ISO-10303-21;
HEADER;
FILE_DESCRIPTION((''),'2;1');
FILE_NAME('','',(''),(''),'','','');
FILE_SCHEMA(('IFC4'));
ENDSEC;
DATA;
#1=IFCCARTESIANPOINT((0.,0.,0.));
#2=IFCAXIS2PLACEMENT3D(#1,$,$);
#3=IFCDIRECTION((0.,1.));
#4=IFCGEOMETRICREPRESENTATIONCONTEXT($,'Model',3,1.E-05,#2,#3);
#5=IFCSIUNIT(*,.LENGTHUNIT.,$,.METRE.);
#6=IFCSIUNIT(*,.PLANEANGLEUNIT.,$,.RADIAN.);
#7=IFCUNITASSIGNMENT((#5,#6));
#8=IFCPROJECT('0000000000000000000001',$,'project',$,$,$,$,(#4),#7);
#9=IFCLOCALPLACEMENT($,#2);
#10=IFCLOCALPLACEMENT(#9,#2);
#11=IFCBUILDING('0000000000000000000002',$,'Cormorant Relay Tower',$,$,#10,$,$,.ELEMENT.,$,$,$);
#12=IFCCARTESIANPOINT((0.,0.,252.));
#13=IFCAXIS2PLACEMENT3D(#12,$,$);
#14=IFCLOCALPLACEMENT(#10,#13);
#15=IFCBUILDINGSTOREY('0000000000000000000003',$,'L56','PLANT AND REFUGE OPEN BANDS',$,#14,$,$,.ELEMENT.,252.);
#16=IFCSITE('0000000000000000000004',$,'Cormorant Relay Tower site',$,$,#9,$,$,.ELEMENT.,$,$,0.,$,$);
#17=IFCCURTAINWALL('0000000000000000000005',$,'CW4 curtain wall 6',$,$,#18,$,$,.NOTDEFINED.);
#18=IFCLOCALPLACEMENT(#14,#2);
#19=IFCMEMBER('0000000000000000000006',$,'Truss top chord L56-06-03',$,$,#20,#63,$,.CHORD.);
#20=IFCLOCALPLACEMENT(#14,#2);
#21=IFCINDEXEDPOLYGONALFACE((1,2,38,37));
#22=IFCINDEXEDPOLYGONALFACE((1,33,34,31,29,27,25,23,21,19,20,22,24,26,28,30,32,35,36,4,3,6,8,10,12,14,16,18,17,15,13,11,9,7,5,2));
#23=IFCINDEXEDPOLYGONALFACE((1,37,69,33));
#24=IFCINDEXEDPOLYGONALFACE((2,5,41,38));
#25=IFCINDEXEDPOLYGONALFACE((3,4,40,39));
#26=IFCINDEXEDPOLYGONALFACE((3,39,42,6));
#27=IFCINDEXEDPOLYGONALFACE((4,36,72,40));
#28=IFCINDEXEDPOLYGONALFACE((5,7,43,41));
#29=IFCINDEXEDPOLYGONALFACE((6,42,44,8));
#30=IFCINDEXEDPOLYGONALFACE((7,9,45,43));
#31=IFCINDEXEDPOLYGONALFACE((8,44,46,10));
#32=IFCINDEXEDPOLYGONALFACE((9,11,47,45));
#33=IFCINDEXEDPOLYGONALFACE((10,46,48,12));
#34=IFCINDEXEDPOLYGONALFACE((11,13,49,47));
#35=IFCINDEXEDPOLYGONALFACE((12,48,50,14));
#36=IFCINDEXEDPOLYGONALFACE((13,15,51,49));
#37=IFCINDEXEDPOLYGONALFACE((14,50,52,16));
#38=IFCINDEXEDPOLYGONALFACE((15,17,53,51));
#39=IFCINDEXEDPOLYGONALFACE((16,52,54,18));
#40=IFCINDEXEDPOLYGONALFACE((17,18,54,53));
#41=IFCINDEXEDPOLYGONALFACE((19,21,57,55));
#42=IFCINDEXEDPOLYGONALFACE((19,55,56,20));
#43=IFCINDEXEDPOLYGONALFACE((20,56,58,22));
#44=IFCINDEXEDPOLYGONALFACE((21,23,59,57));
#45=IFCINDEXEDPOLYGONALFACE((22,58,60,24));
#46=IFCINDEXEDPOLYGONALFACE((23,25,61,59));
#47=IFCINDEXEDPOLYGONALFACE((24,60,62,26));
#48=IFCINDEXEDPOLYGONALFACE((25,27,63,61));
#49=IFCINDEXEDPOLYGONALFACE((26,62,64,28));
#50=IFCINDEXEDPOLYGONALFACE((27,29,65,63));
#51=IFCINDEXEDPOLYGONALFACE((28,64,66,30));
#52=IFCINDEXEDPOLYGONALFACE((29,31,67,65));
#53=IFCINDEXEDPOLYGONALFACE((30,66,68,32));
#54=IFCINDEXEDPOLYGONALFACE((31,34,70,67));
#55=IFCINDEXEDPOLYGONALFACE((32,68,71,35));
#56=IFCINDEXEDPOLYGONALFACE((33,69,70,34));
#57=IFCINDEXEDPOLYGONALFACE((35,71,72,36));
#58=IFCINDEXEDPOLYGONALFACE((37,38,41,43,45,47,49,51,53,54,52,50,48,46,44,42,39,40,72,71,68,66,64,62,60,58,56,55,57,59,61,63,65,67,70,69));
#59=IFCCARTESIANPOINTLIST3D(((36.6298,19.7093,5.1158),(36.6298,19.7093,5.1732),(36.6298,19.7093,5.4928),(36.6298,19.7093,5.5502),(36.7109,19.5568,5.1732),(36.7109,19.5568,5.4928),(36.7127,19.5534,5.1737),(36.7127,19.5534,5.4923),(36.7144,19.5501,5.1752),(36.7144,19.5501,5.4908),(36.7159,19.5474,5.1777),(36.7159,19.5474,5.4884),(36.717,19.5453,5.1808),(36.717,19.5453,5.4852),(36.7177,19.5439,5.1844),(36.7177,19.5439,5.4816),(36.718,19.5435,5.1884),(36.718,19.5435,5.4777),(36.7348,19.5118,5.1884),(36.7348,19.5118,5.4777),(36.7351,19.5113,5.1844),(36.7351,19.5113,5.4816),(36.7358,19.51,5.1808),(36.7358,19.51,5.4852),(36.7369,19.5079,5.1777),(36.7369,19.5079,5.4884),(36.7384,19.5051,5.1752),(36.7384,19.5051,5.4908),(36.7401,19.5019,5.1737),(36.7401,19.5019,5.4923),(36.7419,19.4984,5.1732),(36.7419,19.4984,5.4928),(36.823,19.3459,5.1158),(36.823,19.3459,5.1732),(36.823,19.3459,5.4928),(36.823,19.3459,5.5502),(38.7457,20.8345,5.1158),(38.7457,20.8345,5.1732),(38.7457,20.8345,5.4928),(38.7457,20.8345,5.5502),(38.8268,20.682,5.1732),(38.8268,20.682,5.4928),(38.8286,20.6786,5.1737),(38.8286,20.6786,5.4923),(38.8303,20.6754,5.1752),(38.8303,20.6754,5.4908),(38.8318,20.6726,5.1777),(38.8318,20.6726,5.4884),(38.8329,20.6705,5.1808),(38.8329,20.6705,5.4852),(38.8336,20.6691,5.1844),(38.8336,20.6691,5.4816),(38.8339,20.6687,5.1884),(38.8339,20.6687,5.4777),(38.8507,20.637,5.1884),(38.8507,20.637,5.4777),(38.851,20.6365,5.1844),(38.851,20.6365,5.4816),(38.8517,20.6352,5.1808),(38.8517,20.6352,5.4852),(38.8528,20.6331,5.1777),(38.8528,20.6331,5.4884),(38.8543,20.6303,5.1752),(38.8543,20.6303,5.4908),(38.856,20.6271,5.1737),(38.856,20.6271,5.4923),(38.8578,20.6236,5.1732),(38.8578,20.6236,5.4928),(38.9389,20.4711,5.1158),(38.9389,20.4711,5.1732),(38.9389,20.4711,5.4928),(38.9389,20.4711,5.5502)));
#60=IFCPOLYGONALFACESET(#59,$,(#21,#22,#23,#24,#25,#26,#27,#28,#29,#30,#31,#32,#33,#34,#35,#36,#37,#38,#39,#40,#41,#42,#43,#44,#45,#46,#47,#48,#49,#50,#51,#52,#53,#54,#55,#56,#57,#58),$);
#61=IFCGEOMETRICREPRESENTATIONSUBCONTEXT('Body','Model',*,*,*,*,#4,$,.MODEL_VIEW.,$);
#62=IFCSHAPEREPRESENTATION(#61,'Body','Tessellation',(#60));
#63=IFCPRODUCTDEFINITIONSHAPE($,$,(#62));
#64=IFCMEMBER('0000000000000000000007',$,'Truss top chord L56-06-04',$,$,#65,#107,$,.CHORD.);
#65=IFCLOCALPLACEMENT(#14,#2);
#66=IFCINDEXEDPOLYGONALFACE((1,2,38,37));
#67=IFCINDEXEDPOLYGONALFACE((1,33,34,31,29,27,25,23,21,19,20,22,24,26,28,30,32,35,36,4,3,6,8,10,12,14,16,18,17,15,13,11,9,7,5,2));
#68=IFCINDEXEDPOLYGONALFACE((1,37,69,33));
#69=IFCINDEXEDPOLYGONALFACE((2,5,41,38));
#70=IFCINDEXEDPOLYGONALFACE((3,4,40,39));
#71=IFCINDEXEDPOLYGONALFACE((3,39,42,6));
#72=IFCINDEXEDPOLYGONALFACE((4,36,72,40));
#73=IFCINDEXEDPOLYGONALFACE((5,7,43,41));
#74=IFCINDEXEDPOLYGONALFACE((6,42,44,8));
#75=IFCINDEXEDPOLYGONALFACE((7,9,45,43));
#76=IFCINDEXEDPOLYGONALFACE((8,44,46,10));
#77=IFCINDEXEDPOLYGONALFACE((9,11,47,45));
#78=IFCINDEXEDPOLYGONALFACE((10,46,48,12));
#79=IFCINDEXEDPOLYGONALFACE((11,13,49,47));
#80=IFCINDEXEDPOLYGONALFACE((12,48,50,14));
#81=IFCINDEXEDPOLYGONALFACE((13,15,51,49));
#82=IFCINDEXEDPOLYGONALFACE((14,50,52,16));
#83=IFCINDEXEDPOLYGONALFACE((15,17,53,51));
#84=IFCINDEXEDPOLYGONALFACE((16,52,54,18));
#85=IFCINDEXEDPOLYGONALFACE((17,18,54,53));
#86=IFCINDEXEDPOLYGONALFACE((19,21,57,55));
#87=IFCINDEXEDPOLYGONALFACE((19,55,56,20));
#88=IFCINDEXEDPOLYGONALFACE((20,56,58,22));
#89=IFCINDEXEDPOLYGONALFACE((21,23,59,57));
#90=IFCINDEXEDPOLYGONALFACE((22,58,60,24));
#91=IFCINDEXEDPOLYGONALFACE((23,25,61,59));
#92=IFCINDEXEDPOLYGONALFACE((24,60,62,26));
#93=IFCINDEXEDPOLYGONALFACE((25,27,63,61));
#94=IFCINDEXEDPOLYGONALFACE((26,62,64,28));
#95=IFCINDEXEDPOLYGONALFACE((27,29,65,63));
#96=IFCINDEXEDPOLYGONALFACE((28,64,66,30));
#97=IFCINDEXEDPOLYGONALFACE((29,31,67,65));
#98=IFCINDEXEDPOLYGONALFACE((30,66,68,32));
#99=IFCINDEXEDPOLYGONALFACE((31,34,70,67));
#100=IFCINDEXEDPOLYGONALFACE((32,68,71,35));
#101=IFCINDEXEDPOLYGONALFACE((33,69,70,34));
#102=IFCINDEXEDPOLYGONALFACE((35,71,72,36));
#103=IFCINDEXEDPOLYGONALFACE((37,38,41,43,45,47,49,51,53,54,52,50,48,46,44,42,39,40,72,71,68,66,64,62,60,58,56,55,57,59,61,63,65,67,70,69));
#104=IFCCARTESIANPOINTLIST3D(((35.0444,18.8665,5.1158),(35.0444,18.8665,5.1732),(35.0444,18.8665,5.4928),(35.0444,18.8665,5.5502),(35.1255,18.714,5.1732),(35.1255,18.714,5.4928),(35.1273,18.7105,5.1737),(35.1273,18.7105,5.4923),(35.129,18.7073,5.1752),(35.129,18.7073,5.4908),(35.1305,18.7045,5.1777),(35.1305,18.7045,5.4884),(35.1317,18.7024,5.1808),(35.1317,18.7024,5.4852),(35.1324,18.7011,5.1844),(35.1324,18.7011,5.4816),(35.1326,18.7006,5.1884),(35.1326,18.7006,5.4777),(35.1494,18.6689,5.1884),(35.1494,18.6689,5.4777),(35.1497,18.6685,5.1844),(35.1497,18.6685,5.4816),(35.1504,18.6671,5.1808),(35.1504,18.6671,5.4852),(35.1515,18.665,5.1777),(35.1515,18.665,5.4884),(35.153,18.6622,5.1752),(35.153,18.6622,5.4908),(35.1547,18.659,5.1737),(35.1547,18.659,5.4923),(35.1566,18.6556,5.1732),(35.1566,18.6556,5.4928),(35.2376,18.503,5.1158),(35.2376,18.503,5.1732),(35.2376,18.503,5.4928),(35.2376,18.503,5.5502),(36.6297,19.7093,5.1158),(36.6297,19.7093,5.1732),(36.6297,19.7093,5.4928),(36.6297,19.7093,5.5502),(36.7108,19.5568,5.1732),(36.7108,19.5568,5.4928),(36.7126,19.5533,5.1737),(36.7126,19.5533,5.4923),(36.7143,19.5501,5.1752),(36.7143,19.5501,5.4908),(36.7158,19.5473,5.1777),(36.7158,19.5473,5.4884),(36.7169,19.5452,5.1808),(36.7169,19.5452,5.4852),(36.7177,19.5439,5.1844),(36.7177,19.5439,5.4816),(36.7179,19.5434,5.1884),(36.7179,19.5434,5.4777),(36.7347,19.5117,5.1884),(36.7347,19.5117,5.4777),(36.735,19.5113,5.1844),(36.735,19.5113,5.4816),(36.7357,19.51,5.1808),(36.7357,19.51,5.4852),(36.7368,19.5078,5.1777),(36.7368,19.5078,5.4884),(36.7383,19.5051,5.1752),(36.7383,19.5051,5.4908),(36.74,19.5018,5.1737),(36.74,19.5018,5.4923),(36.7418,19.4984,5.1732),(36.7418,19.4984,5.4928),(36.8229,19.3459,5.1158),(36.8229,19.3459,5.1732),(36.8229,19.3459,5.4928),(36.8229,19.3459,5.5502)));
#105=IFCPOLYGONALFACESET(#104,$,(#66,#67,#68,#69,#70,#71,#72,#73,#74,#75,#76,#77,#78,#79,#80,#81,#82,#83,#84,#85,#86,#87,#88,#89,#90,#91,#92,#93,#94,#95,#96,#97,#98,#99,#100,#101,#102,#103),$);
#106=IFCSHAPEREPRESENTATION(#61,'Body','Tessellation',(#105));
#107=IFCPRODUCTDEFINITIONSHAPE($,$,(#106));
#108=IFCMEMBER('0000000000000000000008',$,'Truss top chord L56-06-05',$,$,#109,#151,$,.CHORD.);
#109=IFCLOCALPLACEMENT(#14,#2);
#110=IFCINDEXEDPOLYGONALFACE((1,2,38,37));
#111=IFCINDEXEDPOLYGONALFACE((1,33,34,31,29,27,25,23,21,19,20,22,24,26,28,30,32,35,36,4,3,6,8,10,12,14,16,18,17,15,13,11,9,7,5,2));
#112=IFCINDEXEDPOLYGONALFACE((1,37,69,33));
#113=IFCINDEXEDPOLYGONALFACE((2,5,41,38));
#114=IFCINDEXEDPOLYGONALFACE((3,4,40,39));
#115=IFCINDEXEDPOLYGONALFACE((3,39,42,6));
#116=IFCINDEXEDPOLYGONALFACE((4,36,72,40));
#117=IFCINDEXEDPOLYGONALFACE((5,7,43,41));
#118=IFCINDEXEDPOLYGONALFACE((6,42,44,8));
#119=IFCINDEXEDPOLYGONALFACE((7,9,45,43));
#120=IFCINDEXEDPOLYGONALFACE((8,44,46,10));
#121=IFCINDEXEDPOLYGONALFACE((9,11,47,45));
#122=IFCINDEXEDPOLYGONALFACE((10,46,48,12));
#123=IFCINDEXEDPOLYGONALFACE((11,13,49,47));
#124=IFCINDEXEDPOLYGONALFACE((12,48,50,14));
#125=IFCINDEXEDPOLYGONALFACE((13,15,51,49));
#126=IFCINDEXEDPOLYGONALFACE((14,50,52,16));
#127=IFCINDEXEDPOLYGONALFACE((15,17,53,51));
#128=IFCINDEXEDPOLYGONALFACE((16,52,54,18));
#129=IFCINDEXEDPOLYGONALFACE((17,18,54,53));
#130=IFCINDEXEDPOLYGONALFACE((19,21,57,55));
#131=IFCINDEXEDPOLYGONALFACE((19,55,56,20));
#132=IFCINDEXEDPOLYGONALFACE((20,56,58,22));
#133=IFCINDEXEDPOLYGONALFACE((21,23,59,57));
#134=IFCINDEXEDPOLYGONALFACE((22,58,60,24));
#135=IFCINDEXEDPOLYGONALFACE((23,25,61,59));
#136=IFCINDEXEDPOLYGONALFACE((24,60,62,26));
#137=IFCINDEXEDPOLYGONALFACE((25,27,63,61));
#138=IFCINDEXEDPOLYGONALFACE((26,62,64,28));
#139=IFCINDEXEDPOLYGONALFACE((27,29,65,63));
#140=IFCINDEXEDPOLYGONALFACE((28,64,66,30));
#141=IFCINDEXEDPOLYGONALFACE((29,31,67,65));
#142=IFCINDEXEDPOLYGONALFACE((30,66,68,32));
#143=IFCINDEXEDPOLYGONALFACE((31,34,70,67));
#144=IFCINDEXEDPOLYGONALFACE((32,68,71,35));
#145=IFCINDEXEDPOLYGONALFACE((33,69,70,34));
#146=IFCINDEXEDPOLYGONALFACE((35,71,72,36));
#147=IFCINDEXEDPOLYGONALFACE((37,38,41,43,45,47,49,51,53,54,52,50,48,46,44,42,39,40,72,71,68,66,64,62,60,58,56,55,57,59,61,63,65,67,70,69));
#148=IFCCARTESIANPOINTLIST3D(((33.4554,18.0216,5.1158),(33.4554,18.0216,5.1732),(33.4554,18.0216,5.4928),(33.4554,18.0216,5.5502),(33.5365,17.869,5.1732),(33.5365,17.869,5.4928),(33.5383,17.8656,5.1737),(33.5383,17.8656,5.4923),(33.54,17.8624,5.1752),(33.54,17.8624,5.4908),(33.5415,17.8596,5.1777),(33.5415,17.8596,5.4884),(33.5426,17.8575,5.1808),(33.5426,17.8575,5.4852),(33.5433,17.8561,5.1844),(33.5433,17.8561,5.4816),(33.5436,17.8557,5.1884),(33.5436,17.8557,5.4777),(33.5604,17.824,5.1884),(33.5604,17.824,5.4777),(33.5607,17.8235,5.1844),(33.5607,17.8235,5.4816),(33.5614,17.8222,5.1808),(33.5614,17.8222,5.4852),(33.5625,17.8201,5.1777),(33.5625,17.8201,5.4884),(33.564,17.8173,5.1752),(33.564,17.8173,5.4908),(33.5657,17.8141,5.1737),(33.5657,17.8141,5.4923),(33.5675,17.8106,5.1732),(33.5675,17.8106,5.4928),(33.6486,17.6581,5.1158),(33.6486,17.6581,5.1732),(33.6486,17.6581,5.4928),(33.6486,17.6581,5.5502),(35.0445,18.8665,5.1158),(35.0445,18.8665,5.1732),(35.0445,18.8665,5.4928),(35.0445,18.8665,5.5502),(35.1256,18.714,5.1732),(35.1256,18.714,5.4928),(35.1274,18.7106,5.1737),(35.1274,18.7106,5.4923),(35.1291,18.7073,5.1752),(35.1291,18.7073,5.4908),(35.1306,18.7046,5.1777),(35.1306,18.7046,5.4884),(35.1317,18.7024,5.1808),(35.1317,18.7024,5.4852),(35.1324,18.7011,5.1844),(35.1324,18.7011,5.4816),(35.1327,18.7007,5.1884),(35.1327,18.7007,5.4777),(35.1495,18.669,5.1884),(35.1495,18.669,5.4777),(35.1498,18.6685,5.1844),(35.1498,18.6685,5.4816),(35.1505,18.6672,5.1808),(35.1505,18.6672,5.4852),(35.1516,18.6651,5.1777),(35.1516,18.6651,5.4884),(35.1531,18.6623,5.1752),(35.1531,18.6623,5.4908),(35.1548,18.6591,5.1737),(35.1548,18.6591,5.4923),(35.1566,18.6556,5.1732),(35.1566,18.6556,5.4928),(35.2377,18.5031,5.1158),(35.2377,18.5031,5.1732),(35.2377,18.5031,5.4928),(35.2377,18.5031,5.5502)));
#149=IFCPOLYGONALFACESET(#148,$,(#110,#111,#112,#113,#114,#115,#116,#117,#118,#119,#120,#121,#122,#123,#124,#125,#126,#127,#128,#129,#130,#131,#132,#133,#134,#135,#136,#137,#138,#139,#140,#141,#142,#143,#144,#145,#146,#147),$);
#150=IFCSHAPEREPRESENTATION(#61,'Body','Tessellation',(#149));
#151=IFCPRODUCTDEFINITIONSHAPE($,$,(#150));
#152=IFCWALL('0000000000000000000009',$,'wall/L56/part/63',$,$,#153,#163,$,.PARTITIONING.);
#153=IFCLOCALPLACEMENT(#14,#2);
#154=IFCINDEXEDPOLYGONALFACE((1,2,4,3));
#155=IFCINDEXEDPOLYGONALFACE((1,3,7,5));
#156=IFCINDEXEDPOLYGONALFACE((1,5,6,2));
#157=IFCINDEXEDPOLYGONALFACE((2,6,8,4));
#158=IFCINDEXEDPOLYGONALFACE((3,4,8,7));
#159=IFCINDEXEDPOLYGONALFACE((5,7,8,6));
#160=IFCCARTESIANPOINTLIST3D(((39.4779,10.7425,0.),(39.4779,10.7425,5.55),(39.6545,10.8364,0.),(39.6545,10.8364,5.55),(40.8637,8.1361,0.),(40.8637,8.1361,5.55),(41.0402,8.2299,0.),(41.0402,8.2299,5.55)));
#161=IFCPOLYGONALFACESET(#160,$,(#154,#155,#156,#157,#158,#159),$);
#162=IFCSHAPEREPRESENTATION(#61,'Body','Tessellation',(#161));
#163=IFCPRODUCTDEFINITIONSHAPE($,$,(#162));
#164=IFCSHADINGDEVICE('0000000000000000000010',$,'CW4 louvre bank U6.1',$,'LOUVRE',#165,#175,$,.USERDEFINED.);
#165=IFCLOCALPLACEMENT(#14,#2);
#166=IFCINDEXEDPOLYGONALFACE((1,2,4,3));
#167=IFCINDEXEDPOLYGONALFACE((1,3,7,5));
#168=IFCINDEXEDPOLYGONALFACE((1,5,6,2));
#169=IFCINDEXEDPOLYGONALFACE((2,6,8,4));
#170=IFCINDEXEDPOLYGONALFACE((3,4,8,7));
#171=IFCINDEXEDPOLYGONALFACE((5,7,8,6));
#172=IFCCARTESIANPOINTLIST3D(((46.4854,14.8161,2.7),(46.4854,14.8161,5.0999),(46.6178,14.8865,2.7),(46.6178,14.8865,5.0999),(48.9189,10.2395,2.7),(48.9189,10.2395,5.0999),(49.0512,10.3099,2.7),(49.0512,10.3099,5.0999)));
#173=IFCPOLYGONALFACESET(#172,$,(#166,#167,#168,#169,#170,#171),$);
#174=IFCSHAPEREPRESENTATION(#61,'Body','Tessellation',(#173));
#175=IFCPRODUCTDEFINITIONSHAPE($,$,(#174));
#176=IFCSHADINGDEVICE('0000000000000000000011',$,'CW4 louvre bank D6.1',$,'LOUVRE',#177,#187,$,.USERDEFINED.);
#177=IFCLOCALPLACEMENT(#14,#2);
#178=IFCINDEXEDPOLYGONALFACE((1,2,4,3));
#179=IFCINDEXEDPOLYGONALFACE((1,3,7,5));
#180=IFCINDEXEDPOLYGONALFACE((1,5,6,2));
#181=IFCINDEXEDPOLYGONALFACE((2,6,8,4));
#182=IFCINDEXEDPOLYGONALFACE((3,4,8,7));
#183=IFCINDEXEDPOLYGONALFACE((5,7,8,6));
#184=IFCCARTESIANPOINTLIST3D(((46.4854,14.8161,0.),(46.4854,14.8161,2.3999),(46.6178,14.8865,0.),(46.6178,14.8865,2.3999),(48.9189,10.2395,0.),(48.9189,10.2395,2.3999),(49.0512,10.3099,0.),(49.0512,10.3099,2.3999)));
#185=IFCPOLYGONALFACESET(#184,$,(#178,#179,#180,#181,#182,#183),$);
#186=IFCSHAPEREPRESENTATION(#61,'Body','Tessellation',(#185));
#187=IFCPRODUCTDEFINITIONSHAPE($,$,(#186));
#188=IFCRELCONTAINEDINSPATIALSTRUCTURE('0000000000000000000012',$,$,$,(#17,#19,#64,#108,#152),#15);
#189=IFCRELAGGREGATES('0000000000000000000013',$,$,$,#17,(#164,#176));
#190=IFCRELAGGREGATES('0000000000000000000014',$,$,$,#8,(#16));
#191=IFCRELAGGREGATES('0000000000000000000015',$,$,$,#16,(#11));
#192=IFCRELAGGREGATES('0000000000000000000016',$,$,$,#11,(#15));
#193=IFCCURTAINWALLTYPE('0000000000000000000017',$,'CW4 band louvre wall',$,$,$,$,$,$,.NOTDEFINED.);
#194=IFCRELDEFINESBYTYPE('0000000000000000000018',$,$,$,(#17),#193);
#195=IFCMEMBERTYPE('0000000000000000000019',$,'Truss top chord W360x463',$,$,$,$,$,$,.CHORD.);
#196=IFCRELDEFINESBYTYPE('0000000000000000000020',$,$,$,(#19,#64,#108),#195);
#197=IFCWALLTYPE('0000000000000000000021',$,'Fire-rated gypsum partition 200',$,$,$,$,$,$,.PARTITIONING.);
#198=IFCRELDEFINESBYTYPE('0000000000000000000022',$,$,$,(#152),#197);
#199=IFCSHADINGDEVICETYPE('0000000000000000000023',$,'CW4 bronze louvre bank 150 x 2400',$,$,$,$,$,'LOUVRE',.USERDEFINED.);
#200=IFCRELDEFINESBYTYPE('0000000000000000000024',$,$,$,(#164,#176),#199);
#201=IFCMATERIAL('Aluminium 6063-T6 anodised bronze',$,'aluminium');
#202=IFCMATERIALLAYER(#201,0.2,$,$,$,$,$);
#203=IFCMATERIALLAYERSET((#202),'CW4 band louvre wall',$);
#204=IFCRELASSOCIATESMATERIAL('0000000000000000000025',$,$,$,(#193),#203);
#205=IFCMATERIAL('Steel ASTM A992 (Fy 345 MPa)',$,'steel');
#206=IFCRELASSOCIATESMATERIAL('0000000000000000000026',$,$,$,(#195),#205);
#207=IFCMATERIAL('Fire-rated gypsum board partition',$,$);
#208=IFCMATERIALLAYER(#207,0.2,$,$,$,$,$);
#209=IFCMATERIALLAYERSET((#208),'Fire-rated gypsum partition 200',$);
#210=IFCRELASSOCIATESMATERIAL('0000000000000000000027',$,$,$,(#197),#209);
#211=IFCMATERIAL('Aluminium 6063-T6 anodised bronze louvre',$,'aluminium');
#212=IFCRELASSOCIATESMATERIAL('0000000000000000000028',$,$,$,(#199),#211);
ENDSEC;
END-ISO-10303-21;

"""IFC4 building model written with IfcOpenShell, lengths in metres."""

from ifc_helpers import new_model, si_unit, direction, frame, frame_2d, origin, origin_2d, place, context, subcontext, project, spatial, rectangle, i_section, extrude, material, layer, layer_set, material_profile, profile_set, type_object, element, aggregate, save


model = new_model("IFC4")

# Units and contexts
model_context = context("Model", 3, precision=1e-05, world=origin(), true_north=direction((0.0, 1.0)))
body_context = subcontext(model_context, "Body", "Model", "MODEL_VIEW")
ifc_project = project(units=[si_unit("LENGTHUNIT", "METRE"), si_unit("PLANEANGLEUNIT", "RADIAN")], contexts=[model_context])

# Site, building, storey
site_placement = place(None, origin())
site = spatial("IfcSite", under=ifc_project, at=site_placement, Name="Cormorant Relay Tower site", CompositionType="ELEMENT", RefElevation=0.0)
building_placement = place(site_placement, origin())
building = spatial("IfcBuilding", under=site, at=building_placement, Name="Cormorant Relay Tower", CompositionType="ELEMENT")
storey_placement = place(building_placement, frame((0.0, 0.0, 252.0)))
storey = spatial("IfcBuildingStorey", under=building, at=storey_placement, Name="L56", Description="PLANT AND REFUGE OPEN BANDS", CompositionType="ELEMENT", Elevation=252.0)

# Curtain wall
ifc_material_1 = material(Name="Aluminium 6063-T6 anodised bronze", Category="aluminium")
ifc_layer_1 = layer(ifc_material_1, 0.2)
ifc_layer_set_1 = layer_set([ifc_layer_1], Name="CW4 band louvre wall")
curtain_wall_type = type_object("IfcCurtainWallType", Name="CW4 band louvre wall", PredefinedType="NOTDEFINED", material=ifc_layer_set_1)
curtain_wall_placement = place(storey_placement, origin())
curtain_wall = element("IfcCurtainWall", 1, at=curtain_wall_placement, inside=storey, type_object=curtain_wall_type, Name="CW4 curtain wall 6", PredefinedType="NOTDEFINED")

# Members
ifc_material_2 = material(Name="Steel ASTM A992 (Fy 345 MPa)", Category="steel")
ifc_material_profile_1 = material_profile(ifc_material_2, i_section(OverallWidth=0.4116, OverallDepth=0.4343, WebThickness=0.0359, FlangeThickness=0.0574, FilletRadius=0.0151, at=origin_2d()), Name="W360x463")
ifc_profile_set_1 = profile_set([ifc_material_profile_1], Name="Steel ASTM A992 (Fy 345 MPa)")
member_type_1 = type_object("IfcMemberType", Name="Truss top chord W360x463", PredefinedType="CHORD", material=ifc_profile_set_1)
member_1_placement = place(storey_placement, frame((38.8423, 20.6528, 5.333), z_axis=(-0.882919, -0.469525, 0.0), x_axis=(0.469525, -0.882919, 0.0)))
element("IfcMember", 2, at=member_1_placement, inside=storey, type_object=member_type_1, Name="Truss top chord L56-06-03", PredefinedType="CHORD", context=body_context, shape_type="SweptSolid", body=[
    extrude(i_section(OverallWidth=0.4116, OverallDepth=0.4343, WebThickness=0.0359, FlangeThickness=0.0574, FilletRadius=0.0151, at=origin_2d()), origin(), (0.0, 0.0, 1.0), 2.3965),
])
member_2_placement = place(storey_placement, frame((36.7263, 19.5276, 5.333), z_axis=(-0.88297, -0.46943, 0.0), x_axis=(0.46943, -0.88297, 0.0)))
element("IfcMember", 3, at=member_2_placement, inside=storey, type_object=member_type_1, Name="Truss top chord L56-06-04", PredefinedType="CHORD", context=body_context, shape_type="SweptSolid", body=[
    extrude(i_section(OverallWidth=0.4116, OverallDepth=0.4343, WebThickness=0.0359, FlangeThickness=0.0574, FilletRadius=0.0151, at=origin_2d()), origin(), (0.0, 0.0, 1.0), 1.7954),
])
member_3_placement = place(storey_placement, frame((35.1411, 18.6848, 5.333), z_axis=(-0.882942, -0.469482, 0.0), x_axis=(0.469482, -0.882942, 0.0)))
element("IfcMember", 4, at=member_3_placement, inside=storey, type_object=member_type_1, Name="Truss top chord L56-06-05", PredefinedType="CHORD", context=body_context, shape_type="SweptSolid", body=[
    extrude(i_section(OverallWidth=0.4116, OverallDepth=0.4343, WebThickness=0.0359, FlangeThickness=0.0574, FilletRadius=0.0151, at=origin_2d()), origin(), (0.0, 0.0, 1.0), 1.7998),
])

# Wall
ifc_material_3 = material(Name="Fire-rated gypsum board partition")
ifc_layer_2 = layer(ifc_material_3, 0.2)
ifc_layer_set_2 = layer_set([ifc_layer_2], Name="Fire-rated gypsum partition 200")
wall_type = type_object("IfcWallType", Name="Fire-rated gypsum partition 200", PredefinedType="PARTITIONING", material=ifc_layer_set_2)
wall_placement = place(storey_placement, frame((39.5662, 10.7896, 0.0), z_axis=(0.0, 0.0, 1.0), x_axis=(0.469437, -0.882966, 0.0)))
element("IfcWall", 5, at=wall_placement, inside=storey, type_object=wall_type, Name="wall/L56/part/63", PredefinedType="PARTITIONING", context=body_context, shape_type="SweptSolid", body=[
    extrude(rectangle(XDim=2.9519, YDim=0.2, at=frame_2d((1.4761, 0.0))), origin(), (0.0, 0.0, 1.0), 5.55),
])

# Shading devices
ifc_material_4 = material(Name="Aluminium 6063-T6 anodised bronze louvre", Category="aluminium")
shading_device_type = type_object("IfcShadingDeviceType", Name="CW4 bronze louvre bank 150 x 2400", ElementType="LOUVRE", PredefinedType="USERDEFINED", material=ifc_material_4)
shading_device_1_placement = place(storey_placement, frame((47.7683, 12.563, 2.7), z_axis=(0.0, 0.0, 1.0), x_axis=(-0.469472, 0.882948, 0.0)))
shading_device_1 = element("IfcShadingDevice", 6, at=shading_device_1_placement, type_object=shading_device_type, Name="CW4 louvre bank U6.1", ObjectType="LOUVRE", PredefinedType="USERDEFINED", context=body_context, shape_type="SweptSolid", body=[
    extrude(rectangle(XDim=5.1833, YDim=0.1499, at=origin_2d()), origin(), (0.0, 0.0, 1.0), 2.3999),
])
shading_device_2_placement = place(storey_placement, frame((47.7683, 12.563, 0.0), z_axis=(0.0, 0.0, 1.0), x_axis=(-0.469472, 0.882948, 0.0)))
shading_device_2 = element("IfcShadingDevice", 7, at=shading_device_2_placement, type_object=shading_device_type, Name="CW4 louvre bank D6.1", ObjectType="LOUVRE", PredefinedType="USERDEFINED", context=body_context, shape_type="SweptSolid", body=[
    extrude(rectangle(XDim=5.1833, YDim=0.1499, at=origin_2d()), origin(), (0.0, 0.0, 1.0), 2.3999),
])
aggregate(curtain_wall, [shading_device_1, shading_device_2])

save(model, "model.ifc")
